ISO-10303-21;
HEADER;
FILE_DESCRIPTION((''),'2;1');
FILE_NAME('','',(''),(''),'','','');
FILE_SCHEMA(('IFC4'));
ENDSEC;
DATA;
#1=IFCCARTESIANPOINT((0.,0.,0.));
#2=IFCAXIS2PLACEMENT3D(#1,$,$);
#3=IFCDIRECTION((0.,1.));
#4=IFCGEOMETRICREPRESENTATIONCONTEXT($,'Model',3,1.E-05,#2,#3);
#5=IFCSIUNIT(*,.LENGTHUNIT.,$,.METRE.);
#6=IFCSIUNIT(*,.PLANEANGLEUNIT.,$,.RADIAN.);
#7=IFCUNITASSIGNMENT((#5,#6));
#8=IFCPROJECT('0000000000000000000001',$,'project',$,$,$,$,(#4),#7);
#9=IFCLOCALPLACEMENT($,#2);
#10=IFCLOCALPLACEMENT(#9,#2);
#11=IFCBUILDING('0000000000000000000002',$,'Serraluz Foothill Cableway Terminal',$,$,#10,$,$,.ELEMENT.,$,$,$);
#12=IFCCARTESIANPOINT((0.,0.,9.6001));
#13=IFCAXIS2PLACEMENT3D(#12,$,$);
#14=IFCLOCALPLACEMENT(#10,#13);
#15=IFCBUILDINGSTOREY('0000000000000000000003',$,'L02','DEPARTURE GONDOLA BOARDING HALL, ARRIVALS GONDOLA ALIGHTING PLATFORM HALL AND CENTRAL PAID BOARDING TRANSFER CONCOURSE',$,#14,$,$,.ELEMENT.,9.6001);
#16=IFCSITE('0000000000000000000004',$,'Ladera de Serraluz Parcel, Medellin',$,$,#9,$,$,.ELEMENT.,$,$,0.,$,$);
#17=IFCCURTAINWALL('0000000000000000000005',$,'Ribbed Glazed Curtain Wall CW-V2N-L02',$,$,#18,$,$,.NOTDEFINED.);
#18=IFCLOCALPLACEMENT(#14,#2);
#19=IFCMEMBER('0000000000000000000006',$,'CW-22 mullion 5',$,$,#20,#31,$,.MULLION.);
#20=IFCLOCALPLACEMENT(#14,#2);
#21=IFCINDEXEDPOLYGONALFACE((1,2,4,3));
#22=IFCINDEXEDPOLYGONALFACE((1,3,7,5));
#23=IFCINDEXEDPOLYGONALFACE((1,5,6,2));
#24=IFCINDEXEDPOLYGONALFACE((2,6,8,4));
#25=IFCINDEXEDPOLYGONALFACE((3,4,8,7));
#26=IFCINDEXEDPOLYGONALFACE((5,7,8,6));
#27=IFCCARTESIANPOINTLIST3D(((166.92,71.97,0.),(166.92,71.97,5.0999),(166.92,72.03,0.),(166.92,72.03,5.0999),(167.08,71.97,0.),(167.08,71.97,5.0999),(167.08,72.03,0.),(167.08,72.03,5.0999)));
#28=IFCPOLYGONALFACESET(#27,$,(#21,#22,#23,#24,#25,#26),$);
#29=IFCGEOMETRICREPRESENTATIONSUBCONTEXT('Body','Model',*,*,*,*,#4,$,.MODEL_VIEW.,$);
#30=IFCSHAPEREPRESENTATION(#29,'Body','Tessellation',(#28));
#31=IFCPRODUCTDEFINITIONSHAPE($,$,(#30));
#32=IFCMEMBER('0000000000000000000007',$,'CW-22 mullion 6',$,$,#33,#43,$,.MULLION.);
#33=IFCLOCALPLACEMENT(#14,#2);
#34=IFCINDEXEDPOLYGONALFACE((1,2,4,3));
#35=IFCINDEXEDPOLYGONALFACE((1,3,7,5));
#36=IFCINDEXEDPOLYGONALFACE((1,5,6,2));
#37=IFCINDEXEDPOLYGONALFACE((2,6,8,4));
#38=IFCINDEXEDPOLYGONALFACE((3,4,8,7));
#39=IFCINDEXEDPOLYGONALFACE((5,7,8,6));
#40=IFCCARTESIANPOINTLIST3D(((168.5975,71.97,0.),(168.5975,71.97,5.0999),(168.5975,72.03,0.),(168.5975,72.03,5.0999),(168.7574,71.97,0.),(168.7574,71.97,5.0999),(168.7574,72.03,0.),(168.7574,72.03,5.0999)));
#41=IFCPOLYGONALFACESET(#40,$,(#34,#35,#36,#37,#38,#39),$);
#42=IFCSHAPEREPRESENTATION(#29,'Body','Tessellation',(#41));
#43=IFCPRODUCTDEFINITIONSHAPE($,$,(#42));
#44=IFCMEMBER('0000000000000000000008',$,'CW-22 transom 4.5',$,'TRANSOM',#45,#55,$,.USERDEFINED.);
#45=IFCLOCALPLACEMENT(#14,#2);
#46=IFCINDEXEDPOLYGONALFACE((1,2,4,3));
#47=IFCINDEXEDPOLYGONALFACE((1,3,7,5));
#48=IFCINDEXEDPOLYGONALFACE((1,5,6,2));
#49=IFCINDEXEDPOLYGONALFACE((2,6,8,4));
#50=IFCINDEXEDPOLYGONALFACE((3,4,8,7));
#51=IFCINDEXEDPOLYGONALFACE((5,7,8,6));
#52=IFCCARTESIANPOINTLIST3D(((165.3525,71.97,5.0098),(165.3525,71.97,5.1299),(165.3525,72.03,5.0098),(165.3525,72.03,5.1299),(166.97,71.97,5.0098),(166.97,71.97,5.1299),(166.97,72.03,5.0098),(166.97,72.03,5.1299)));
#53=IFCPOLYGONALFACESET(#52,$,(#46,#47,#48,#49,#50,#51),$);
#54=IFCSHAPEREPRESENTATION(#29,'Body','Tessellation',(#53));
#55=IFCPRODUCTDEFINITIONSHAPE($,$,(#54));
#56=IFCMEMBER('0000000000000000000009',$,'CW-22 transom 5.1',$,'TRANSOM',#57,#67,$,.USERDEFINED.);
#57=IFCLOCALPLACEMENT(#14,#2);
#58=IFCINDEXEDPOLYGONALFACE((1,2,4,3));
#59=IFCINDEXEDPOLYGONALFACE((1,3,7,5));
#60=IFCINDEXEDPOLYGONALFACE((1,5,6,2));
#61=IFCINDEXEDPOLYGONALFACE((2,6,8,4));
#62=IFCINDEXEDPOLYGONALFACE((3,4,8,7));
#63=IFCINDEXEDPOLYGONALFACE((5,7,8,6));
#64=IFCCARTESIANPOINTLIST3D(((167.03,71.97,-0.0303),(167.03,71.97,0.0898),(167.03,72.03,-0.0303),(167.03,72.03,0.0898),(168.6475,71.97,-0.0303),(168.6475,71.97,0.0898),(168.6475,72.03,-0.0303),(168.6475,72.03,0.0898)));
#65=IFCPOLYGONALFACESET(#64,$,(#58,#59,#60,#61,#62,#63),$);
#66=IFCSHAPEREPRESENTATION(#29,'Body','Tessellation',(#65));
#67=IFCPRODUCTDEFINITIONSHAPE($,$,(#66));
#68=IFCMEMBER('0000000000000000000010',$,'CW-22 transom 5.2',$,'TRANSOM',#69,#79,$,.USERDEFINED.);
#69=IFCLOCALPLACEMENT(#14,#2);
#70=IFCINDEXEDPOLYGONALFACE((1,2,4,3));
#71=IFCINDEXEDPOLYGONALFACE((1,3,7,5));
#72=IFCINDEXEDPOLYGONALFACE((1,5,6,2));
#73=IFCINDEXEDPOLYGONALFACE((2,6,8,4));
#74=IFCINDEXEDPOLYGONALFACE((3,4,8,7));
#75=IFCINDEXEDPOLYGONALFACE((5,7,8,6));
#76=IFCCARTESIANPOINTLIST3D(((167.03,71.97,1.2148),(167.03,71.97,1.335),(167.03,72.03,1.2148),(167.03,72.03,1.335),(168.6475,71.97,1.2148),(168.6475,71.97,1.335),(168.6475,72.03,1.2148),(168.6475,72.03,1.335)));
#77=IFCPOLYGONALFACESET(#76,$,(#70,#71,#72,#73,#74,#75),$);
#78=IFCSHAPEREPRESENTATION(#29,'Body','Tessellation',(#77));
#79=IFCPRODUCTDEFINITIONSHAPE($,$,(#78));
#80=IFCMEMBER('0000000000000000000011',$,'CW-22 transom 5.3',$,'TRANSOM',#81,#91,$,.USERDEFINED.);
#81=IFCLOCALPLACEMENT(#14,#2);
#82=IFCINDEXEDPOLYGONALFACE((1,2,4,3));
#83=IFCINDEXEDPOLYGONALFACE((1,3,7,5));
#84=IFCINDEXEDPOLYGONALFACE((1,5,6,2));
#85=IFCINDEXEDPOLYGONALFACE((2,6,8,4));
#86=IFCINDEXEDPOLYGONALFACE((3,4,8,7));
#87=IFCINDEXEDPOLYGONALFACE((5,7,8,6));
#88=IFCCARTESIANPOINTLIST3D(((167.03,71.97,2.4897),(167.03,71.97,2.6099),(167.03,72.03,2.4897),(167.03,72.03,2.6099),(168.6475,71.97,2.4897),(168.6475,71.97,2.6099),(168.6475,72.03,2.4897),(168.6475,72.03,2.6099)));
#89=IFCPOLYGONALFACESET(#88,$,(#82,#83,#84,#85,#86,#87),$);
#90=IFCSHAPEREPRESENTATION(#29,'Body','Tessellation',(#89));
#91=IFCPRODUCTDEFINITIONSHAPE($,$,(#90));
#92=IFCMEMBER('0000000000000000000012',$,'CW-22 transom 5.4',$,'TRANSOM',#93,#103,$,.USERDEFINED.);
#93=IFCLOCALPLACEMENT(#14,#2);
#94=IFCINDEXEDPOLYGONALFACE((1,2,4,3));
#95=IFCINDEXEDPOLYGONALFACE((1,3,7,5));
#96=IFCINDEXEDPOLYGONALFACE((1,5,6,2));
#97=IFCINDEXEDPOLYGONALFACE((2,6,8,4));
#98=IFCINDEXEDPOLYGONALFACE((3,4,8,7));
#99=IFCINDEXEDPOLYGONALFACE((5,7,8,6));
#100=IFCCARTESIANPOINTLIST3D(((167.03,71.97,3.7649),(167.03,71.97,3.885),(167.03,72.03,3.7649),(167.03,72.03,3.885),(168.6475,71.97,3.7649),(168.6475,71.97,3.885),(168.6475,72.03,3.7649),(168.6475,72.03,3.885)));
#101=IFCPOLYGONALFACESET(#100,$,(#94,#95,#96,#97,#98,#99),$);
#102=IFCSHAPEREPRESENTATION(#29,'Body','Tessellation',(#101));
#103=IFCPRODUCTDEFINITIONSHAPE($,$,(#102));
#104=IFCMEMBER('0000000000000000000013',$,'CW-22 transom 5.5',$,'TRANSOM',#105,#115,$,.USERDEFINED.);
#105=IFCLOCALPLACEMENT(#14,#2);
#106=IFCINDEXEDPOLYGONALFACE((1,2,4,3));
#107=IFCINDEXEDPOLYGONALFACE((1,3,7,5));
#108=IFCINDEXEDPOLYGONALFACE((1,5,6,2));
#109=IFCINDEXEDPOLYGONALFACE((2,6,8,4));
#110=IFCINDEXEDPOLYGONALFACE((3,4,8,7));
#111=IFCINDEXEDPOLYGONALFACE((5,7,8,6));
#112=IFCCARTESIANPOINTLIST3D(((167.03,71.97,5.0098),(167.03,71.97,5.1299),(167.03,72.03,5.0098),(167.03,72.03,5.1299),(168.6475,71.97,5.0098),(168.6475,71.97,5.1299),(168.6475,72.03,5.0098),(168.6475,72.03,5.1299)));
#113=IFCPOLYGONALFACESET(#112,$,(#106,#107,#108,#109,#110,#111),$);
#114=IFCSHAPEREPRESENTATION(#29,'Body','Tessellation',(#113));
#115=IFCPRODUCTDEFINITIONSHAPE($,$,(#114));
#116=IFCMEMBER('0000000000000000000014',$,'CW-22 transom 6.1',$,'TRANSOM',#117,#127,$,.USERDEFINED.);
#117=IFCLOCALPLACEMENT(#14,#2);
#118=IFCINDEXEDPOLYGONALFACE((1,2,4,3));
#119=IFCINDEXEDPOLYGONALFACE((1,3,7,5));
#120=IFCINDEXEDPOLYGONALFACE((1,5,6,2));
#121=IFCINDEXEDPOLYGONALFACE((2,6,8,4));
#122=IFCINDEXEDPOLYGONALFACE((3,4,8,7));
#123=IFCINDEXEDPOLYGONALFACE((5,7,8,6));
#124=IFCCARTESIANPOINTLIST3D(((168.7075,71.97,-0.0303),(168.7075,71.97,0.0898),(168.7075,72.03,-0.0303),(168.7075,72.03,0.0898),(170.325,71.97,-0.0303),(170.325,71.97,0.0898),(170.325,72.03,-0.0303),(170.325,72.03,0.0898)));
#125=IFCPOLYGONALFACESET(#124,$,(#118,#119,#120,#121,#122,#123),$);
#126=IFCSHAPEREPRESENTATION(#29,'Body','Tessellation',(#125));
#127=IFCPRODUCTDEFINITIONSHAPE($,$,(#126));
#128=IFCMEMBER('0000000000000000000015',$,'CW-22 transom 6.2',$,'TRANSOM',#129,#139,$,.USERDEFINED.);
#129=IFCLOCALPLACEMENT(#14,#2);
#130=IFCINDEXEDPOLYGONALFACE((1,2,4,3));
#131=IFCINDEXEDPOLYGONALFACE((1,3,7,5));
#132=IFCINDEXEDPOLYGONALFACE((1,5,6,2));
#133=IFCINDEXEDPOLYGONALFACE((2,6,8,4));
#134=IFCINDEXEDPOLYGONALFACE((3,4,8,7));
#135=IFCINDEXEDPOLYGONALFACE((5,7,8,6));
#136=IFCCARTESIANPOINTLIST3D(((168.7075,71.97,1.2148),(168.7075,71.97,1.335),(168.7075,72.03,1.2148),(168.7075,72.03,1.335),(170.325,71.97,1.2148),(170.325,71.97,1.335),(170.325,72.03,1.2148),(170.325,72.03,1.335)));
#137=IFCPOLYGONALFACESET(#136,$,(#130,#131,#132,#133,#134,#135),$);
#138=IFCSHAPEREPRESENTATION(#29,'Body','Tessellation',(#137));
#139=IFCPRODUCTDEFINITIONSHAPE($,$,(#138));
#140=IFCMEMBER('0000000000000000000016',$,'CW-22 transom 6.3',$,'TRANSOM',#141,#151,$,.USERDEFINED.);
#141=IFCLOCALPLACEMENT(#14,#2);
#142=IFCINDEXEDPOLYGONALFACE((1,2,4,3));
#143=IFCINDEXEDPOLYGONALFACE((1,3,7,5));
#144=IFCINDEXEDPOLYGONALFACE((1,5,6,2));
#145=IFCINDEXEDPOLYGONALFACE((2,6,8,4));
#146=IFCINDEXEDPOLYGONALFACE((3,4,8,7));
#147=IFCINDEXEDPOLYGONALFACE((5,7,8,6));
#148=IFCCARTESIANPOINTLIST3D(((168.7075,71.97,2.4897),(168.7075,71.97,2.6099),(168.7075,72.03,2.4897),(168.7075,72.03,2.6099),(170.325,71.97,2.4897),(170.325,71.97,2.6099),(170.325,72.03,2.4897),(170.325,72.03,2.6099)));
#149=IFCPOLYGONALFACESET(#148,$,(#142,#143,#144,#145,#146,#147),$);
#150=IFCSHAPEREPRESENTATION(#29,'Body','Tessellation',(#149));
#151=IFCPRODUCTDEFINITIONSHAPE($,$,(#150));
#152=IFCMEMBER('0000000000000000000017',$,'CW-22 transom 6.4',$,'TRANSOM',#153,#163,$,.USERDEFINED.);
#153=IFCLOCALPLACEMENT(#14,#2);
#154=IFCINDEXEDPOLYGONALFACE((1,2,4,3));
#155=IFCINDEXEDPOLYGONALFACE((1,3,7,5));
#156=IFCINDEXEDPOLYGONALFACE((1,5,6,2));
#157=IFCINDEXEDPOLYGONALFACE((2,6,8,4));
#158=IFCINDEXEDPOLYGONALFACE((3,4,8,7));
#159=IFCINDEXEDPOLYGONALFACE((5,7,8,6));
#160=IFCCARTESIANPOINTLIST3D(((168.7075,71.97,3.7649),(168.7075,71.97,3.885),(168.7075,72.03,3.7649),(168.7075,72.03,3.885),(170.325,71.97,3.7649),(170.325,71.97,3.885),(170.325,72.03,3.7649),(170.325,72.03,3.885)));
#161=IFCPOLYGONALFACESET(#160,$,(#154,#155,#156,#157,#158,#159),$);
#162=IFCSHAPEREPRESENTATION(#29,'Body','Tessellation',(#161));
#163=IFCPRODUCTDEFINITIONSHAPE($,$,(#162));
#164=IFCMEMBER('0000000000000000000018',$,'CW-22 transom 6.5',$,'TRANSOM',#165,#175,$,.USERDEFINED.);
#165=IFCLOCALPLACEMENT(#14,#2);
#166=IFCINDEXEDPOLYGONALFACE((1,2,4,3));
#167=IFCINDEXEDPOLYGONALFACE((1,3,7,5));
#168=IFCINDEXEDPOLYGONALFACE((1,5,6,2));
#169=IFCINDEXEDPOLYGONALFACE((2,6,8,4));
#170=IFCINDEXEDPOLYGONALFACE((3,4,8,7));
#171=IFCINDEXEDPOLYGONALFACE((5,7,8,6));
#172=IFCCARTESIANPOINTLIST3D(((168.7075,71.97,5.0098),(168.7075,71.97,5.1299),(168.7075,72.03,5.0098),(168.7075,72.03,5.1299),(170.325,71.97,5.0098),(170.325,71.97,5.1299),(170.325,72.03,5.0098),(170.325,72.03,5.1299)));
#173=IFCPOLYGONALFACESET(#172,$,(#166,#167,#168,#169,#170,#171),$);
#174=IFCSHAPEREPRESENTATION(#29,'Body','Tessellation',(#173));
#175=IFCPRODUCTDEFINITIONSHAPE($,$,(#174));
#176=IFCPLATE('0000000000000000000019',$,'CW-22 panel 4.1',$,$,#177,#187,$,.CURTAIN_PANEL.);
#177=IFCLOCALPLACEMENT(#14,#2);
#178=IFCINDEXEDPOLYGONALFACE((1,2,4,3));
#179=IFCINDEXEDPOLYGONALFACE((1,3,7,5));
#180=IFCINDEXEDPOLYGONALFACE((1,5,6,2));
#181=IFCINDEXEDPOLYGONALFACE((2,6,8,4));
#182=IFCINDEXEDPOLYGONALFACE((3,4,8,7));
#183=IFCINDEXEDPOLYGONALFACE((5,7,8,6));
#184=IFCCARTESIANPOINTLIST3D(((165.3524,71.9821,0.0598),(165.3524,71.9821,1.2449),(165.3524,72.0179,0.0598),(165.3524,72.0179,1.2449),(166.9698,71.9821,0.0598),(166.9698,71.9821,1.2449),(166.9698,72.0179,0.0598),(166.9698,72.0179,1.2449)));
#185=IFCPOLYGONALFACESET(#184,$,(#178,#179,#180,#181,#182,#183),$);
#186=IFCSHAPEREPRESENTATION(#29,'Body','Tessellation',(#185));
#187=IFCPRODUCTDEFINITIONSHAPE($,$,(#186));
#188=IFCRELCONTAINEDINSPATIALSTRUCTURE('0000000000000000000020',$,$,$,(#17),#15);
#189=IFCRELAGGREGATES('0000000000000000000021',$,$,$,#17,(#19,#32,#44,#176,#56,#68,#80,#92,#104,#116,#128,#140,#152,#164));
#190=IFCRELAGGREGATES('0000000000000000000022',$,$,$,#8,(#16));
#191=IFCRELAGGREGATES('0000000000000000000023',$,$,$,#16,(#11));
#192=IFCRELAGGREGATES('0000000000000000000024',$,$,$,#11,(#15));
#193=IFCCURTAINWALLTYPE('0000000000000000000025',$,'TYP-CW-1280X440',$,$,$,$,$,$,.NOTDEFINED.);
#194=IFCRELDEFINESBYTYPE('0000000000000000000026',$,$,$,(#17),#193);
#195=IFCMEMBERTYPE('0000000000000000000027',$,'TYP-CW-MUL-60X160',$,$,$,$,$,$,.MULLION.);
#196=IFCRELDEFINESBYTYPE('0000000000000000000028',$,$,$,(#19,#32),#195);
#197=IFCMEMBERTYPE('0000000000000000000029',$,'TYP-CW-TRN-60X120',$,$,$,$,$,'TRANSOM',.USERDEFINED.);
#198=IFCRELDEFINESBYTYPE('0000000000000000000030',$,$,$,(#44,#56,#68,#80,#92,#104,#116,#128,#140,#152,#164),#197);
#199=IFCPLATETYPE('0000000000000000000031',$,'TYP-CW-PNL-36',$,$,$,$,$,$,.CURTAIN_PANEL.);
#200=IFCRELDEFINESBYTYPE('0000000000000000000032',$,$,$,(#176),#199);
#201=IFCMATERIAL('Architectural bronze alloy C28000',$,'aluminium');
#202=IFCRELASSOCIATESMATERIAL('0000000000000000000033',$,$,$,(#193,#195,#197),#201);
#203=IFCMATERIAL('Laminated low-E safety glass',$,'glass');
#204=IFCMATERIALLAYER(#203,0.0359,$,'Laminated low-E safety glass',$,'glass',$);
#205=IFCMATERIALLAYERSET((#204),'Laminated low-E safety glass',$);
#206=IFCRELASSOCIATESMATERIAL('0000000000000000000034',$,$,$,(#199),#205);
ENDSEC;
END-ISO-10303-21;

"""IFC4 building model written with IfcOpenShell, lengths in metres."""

from ifc_helpers import new_model, si_unit, direction, frame, origin, origin_2d, place, context, subcontext, project, spatial, rectangle, extrude, material, layer, layer_set, material_profile, profile_set, type_object, element, aggregate, save


model = new_model("IFC4")

# Units and contexts
model_context = context("Model", 3, precision=1e-05, world=origin(), true_north=direction((0.0, 1.0)))
body_context = subcontext(model_context, "Body", "Model", "MODEL_VIEW")
ifc_project = project(units=[si_unit("LENGTHUNIT", "METRE"), si_unit("PLANEANGLEUNIT", "RADIAN")], contexts=[model_context])

# Site, building, storey
site_placement = place(None, origin())
site = spatial("IfcSite", under=ifc_project, at=site_placement, Name="Ladera de Serraluz Parcel, Medellin", CompositionType="ELEMENT", RefElevation=0.0)
building_placement = place(site_placement, origin())
building = spatial("IfcBuilding", under=site, at=building_placement, Name="Serraluz Foothill Cableway Terminal", CompositionType="ELEMENT")
storey_placement = place(building_placement, frame((0.0, 0.0, 9.6001)))
storey = spatial("IfcBuildingStorey", under=building, at=storey_placement, Name="L02", Description="DEPARTURE GONDOLA BOARDING HALL, ARRIVALS GONDOLA ALIGHTING PLATFORM HALL AND CENTRAL PAID BOARDING TRANSFER CONCOURSE", CompositionType="ELEMENT", Elevation=9.6001)

# Curtain wall, members, plate
ifc_material_1 = material(Name="Architectural bronze alloy C28000", Category="aluminium")
curtain_wall_type = type_object("IfcCurtainWallType", Name="TYP-CW-1280X440", PredefinedType="NOTDEFINED", material=ifc_material_1)
curtain_wall_placement = place(storey_placement, origin())
curtain_wall = element("IfcCurtainWall", 1, at=curtain_wall_placement, inside=storey, type_object=curtain_wall_type, Name="Ribbed Glazed Curtain Wall CW-V2N-L02", PredefinedType="NOTDEFINED")
ifc_material_profile_1 = material_profile(ifc_material_1, rectangle(XDim=0.0601, YDim=0.1599, at=origin_2d()), Name="ALU MULLION 60x160")
ifc_profile_set_1 = profile_set([ifc_material_profile_1], Name="Architectural bronze alloy C28000")
member_type_1 = type_object("IfcMemberType", Name="TYP-CW-MUL-60X160", PredefinedType="MULLION", material=ifc_profile_set_1)
member_1_placement = place(storey_placement, frame((167.0, 72.0, 0.0), z_axis=(0.0, 0.0, 1.0), x_axis=(0.0, 1.0, 0.0)))
member_1 = element("IfcMember", 2, at=member_1_placement, type_object=member_type_1, Name="CW-22 mullion 5", PredefinedType="MULLION", context=body_context, shape_type="SweptSolid", body=[
    extrude(rectangle(XDim=0.0601, YDim=0.1599, at=origin_2d()), origin(), (0.0, 0.0, 1.0), 5.0999),
])
member_2_placement = place(storey_placement, frame((168.6775, 72.0, 0.0), z_axis=(0.0, 0.0, 1.0), x_axis=(0.0, 1.0, 0.0)))
member_2 = element("IfcMember", 3, at=member_2_placement, type_object=member_type_1, Name="CW-22 mullion 6", PredefinedType="MULLION", context=body_context, shape_type="SweptSolid", body=[
    extrude(rectangle(XDim=0.0601, YDim=0.1599, at=origin_2d()), origin(), (0.0, 0.0, 1.0), 5.0999),
])
ifc_material_profile_2 = material_profile(ifc_material_1, rectangle(XDim=0.0601, YDim=0.1201, at=origin_2d()), Name="ALU TRANSOM 60x120")
ifc_profile_set_2 = profile_set([ifc_material_profile_2], Name="Architectural bronze alloy C28000")
member_type_2 = type_object("IfcMemberType", Name="TYP-CW-TRN-60X120", ElementType="TRANSOM", PredefinedType="USERDEFINED", material=ifc_profile_set_2)
member_3_placement = place(storey_placement, frame((165.3525, 72.0, 5.0698), z_axis=(1.0, 0.0, 0.0), x_axis=(0.0, 1.0, 0.0)))
member_3 = element("IfcMember", 4, at=member_3_placement, type_object=member_type_2, Name="CW-22 transom 4.5", ObjectType="TRANSOM", PredefinedType="USERDEFINED", context=body_context, shape_type="SweptSolid", body=[
    extrude(rectangle(XDim=0.0601, YDim=0.1201, at=origin_2d()), origin(), (0.0, 0.0, 1.0), 1.6174),
])
member_4_placement = place(storey_placement, frame((167.03, 72.0, 0.0298), z_axis=(1.0, 0.0, 0.0), x_axis=(0.0, 1.0, 0.0)))
member_4 = element("IfcMember", 5, at=member_4_placement, type_object=member_type_2, Name="CW-22 transom 5.1", ObjectType="TRANSOM", PredefinedType="USERDEFINED", context=body_context, shape_type="SweptSolid", body=[
    extrude(rectangle(XDim=0.0601, YDim=0.1201, at=origin_2d()), origin(), (0.0, 0.0, 1.0), 1.6174),
])
member_5_placement = place(storey_placement, frame((167.03, 72.0, 1.2749), z_axis=(1.0, 0.0, 0.0), x_axis=(0.0, 1.0, 0.0)))
member_5 = element("IfcMember", 6, at=member_5_placement, type_object=member_type_2, Name="CW-22 transom 5.2", ObjectType="TRANSOM", PredefinedType="USERDEFINED", context=body_context, shape_type="SweptSolid", body=[
    extrude(rectangle(XDim=0.0601, YDim=0.1201, at=origin_2d()), origin(), (0.0, 0.0, 1.0), 1.6174),
])
member_6_placement = place(storey_placement, frame((167.03, 72.0, 2.5498), z_axis=(1.0, 0.0, 0.0), x_axis=(0.0, 1.0, 0.0)))
member_6 = element("IfcMember", 7, at=member_6_placement, type_object=member_type_2, Name="CW-22 transom 5.3", ObjectType="TRANSOM", PredefinedType="USERDEFINED", context=body_context, shape_type="SweptSolid", body=[
    extrude(rectangle(XDim=0.0601, YDim=0.1201, at=origin_2d()), origin(), (0.0, 0.0, 1.0), 1.6174),
])
member_7_placement = place(storey_placement, frame((167.03, 72.0, 3.825), z_axis=(1.0, 0.0, 0.0), x_axis=(0.0, 1.0, 0.0)))
member_7 = element("IfcMember", 8, at=member_7_placement, type_object=member_type_2, Name="CW-22 transom 5.4", ObjectType="TRANSOM", PredefinedType="USERDEFINED", context=body_context, shape_type="SweptSolid", body=[
    extrude(rectangle(XDim=0.0601, YDim=0.1201, at=origin_2d()), origin(), (0.0, 0.0, 1.0), 1.6174),
])
member_8_placement = place(storey_placement, frame((167.03, 72.0, 5.0698), z_axis=(1.0, 0.0, 0.0), x_axis=(0.0, 1.0, 0.0)))
member_8 = element("IfcMember", 9, at=member_8_placement, type_object=member_type_2, Name="CW-22 transom 5.5", ObjectType="TRANSOM", PredefinedType="USERDEFINED", context=body_context, shape_type="SweptSolid", body=[
    extrude(rectangle(XDim=0.0601, YDim=0.1201, at=origin_2d()), origin(), (0.0, 0.0, 1.0), 1.6174),
])
member_9_placement = place(storey_placement, frame((168.7075, 72.0, 0.0298), z_axis=(1.0, 0.0, 0.0), x_axis=(0.0, 1.0, 0.0)))
member_9 = element("IfcMember", 10, at=member_9_placement, type_object=member_type_2, Name="CW-22 transom 6.1", ObjectType="TRANSOM", PredefinedType="USERDEFINED", context=body_context, shape_type="SweptSolid", body=[
    extrude(rectangle(XDim=0.0601, YDim=0.1201, at=origin_2d()), origin(), (0.0, 0.0, 1.0), 1.6174),
])
member_10_placement = place(storey_placement, frame((168.7075, 72.0, 1.2749), z_axis=(1.0, 0.0, 0.0), x_axis=(0.0, 1.0, 0.0)))
member_10 = element("IfcMember", 11, at=member_10_placement, type_object=member_type_2, Name="CW-22 transom 6.2", ObjectType="TRANSOM", PredefinedType="USERDEFINED", context=body_context, shape_type="SweptSolid", body=[
    extrude(rectangle(XDim=0.0601, YDim=0.1201, at=origin_2d()), origin(), (0.0, 0.0, 1.0), 1.6174),
])
member_11_placement = place(storey_placement, frame((168.7075, 72.0, 2.5498), z_axis=(1.0, 0.0, 0.0), x_axis=(0.0, 1.0, 0.0)))
member_11 = element("IfcMember", 12, at=member_11_placement, type_object=member_type_2, Name="CW-22 transom 6.3", ObjectType="TRANSOM", PredefinedType="USERDEFINED", context=body_context, shape_type="SweptSolid", body=[
    extrude(rectangle(XDim=0.0601, YDim=0.1201, at=origin_2d()), origin(), (0.0, 0.0, 1.0), 1.6174),
])
member_12_placement = place(storey_placement, frame((168.7075, 72.0, 3.825), z_axis=(1.0, 0.0, 0.0), x_axis=(0.0, 1.0, 0.0)))
member_12 = element("IfcMember", 13, at=member_12_placement, type_object=member_type_2, Name="CW-22 transom 6.4", ObjectType="TRANSOM", PredefinedType="USERDEFINED", context=body_context, shape_type="SweptSolid", body=[
    extrude(rectangle(XDim=0.0601, YDim=0.1201, at=origin_2d()), origin(), (0.0, 0.0, 1.0), 1.6174),
])
member_13_placement = place(storey_placement, frame((168.7075, 72.0, 5.0698), z_axis=(1.0, 0.0, 0.0), x_axis=(0.0, 1.0, 0.0)))
member_13 = element("IfcMember", 14, at=member_13_placement, type_object=member_type_2, Name="CW-22 transom 6.5", ObjectType="TRANSOM", PredefinedType="USERDEFINED", context=body_context, shape_type="SweptSolid", body=[
    extrude(rectangle(XDim=0.0601, YDim=0.1201, at=origin_2d()), origin(), (0.0, 0.0, 1.0), 1.6174),
])
ifc_material_2 = material(Name="Laminated low-E safety glass", Category="glass")
ifc_layer_1 = layer(ifc_material_2, 0.0359, Name="Laminated low-E safety glass", Category="glass")
ifc_layer_set_1 = layer_set([ifc_layer_1], Name="Laminated low-E safety glass")
plate_type = type_object("IfcPlateType", Name="TYP-CW-PNL-36", PredefinedType="CURTAIN_PANEL", material=ifc_layer_set_1)
plate_1_placement = place(storey_placement, frame((166.1611, 72.0, 0.0598), z_axis=(0.0, 0.0, 1.0), x_axis=(1.0, 0.0, 0.0)))
plate_1 = element("IfcPlate", 15, at=plate_1_placement, type_object=plate_type, Name="CW-22 panel 4.1", PredefinedType="CURTAIN_PANEL", context=body_context, shape_type="SweptSolid", body=[
    extrude(rectangle(XDim=1.6174, YDim=0.0359, at=origin_2d()), origin(), (0.0, 0.0, 1.0), 1.1851),
])
aggregate(curtain_wall, [member_1, member_2, member_3, plate_1, member_4, member_5, member_6, member_7, member_8, member_9, member_10, member_11, member_12, member_13])

save(model, "model.ifc")
